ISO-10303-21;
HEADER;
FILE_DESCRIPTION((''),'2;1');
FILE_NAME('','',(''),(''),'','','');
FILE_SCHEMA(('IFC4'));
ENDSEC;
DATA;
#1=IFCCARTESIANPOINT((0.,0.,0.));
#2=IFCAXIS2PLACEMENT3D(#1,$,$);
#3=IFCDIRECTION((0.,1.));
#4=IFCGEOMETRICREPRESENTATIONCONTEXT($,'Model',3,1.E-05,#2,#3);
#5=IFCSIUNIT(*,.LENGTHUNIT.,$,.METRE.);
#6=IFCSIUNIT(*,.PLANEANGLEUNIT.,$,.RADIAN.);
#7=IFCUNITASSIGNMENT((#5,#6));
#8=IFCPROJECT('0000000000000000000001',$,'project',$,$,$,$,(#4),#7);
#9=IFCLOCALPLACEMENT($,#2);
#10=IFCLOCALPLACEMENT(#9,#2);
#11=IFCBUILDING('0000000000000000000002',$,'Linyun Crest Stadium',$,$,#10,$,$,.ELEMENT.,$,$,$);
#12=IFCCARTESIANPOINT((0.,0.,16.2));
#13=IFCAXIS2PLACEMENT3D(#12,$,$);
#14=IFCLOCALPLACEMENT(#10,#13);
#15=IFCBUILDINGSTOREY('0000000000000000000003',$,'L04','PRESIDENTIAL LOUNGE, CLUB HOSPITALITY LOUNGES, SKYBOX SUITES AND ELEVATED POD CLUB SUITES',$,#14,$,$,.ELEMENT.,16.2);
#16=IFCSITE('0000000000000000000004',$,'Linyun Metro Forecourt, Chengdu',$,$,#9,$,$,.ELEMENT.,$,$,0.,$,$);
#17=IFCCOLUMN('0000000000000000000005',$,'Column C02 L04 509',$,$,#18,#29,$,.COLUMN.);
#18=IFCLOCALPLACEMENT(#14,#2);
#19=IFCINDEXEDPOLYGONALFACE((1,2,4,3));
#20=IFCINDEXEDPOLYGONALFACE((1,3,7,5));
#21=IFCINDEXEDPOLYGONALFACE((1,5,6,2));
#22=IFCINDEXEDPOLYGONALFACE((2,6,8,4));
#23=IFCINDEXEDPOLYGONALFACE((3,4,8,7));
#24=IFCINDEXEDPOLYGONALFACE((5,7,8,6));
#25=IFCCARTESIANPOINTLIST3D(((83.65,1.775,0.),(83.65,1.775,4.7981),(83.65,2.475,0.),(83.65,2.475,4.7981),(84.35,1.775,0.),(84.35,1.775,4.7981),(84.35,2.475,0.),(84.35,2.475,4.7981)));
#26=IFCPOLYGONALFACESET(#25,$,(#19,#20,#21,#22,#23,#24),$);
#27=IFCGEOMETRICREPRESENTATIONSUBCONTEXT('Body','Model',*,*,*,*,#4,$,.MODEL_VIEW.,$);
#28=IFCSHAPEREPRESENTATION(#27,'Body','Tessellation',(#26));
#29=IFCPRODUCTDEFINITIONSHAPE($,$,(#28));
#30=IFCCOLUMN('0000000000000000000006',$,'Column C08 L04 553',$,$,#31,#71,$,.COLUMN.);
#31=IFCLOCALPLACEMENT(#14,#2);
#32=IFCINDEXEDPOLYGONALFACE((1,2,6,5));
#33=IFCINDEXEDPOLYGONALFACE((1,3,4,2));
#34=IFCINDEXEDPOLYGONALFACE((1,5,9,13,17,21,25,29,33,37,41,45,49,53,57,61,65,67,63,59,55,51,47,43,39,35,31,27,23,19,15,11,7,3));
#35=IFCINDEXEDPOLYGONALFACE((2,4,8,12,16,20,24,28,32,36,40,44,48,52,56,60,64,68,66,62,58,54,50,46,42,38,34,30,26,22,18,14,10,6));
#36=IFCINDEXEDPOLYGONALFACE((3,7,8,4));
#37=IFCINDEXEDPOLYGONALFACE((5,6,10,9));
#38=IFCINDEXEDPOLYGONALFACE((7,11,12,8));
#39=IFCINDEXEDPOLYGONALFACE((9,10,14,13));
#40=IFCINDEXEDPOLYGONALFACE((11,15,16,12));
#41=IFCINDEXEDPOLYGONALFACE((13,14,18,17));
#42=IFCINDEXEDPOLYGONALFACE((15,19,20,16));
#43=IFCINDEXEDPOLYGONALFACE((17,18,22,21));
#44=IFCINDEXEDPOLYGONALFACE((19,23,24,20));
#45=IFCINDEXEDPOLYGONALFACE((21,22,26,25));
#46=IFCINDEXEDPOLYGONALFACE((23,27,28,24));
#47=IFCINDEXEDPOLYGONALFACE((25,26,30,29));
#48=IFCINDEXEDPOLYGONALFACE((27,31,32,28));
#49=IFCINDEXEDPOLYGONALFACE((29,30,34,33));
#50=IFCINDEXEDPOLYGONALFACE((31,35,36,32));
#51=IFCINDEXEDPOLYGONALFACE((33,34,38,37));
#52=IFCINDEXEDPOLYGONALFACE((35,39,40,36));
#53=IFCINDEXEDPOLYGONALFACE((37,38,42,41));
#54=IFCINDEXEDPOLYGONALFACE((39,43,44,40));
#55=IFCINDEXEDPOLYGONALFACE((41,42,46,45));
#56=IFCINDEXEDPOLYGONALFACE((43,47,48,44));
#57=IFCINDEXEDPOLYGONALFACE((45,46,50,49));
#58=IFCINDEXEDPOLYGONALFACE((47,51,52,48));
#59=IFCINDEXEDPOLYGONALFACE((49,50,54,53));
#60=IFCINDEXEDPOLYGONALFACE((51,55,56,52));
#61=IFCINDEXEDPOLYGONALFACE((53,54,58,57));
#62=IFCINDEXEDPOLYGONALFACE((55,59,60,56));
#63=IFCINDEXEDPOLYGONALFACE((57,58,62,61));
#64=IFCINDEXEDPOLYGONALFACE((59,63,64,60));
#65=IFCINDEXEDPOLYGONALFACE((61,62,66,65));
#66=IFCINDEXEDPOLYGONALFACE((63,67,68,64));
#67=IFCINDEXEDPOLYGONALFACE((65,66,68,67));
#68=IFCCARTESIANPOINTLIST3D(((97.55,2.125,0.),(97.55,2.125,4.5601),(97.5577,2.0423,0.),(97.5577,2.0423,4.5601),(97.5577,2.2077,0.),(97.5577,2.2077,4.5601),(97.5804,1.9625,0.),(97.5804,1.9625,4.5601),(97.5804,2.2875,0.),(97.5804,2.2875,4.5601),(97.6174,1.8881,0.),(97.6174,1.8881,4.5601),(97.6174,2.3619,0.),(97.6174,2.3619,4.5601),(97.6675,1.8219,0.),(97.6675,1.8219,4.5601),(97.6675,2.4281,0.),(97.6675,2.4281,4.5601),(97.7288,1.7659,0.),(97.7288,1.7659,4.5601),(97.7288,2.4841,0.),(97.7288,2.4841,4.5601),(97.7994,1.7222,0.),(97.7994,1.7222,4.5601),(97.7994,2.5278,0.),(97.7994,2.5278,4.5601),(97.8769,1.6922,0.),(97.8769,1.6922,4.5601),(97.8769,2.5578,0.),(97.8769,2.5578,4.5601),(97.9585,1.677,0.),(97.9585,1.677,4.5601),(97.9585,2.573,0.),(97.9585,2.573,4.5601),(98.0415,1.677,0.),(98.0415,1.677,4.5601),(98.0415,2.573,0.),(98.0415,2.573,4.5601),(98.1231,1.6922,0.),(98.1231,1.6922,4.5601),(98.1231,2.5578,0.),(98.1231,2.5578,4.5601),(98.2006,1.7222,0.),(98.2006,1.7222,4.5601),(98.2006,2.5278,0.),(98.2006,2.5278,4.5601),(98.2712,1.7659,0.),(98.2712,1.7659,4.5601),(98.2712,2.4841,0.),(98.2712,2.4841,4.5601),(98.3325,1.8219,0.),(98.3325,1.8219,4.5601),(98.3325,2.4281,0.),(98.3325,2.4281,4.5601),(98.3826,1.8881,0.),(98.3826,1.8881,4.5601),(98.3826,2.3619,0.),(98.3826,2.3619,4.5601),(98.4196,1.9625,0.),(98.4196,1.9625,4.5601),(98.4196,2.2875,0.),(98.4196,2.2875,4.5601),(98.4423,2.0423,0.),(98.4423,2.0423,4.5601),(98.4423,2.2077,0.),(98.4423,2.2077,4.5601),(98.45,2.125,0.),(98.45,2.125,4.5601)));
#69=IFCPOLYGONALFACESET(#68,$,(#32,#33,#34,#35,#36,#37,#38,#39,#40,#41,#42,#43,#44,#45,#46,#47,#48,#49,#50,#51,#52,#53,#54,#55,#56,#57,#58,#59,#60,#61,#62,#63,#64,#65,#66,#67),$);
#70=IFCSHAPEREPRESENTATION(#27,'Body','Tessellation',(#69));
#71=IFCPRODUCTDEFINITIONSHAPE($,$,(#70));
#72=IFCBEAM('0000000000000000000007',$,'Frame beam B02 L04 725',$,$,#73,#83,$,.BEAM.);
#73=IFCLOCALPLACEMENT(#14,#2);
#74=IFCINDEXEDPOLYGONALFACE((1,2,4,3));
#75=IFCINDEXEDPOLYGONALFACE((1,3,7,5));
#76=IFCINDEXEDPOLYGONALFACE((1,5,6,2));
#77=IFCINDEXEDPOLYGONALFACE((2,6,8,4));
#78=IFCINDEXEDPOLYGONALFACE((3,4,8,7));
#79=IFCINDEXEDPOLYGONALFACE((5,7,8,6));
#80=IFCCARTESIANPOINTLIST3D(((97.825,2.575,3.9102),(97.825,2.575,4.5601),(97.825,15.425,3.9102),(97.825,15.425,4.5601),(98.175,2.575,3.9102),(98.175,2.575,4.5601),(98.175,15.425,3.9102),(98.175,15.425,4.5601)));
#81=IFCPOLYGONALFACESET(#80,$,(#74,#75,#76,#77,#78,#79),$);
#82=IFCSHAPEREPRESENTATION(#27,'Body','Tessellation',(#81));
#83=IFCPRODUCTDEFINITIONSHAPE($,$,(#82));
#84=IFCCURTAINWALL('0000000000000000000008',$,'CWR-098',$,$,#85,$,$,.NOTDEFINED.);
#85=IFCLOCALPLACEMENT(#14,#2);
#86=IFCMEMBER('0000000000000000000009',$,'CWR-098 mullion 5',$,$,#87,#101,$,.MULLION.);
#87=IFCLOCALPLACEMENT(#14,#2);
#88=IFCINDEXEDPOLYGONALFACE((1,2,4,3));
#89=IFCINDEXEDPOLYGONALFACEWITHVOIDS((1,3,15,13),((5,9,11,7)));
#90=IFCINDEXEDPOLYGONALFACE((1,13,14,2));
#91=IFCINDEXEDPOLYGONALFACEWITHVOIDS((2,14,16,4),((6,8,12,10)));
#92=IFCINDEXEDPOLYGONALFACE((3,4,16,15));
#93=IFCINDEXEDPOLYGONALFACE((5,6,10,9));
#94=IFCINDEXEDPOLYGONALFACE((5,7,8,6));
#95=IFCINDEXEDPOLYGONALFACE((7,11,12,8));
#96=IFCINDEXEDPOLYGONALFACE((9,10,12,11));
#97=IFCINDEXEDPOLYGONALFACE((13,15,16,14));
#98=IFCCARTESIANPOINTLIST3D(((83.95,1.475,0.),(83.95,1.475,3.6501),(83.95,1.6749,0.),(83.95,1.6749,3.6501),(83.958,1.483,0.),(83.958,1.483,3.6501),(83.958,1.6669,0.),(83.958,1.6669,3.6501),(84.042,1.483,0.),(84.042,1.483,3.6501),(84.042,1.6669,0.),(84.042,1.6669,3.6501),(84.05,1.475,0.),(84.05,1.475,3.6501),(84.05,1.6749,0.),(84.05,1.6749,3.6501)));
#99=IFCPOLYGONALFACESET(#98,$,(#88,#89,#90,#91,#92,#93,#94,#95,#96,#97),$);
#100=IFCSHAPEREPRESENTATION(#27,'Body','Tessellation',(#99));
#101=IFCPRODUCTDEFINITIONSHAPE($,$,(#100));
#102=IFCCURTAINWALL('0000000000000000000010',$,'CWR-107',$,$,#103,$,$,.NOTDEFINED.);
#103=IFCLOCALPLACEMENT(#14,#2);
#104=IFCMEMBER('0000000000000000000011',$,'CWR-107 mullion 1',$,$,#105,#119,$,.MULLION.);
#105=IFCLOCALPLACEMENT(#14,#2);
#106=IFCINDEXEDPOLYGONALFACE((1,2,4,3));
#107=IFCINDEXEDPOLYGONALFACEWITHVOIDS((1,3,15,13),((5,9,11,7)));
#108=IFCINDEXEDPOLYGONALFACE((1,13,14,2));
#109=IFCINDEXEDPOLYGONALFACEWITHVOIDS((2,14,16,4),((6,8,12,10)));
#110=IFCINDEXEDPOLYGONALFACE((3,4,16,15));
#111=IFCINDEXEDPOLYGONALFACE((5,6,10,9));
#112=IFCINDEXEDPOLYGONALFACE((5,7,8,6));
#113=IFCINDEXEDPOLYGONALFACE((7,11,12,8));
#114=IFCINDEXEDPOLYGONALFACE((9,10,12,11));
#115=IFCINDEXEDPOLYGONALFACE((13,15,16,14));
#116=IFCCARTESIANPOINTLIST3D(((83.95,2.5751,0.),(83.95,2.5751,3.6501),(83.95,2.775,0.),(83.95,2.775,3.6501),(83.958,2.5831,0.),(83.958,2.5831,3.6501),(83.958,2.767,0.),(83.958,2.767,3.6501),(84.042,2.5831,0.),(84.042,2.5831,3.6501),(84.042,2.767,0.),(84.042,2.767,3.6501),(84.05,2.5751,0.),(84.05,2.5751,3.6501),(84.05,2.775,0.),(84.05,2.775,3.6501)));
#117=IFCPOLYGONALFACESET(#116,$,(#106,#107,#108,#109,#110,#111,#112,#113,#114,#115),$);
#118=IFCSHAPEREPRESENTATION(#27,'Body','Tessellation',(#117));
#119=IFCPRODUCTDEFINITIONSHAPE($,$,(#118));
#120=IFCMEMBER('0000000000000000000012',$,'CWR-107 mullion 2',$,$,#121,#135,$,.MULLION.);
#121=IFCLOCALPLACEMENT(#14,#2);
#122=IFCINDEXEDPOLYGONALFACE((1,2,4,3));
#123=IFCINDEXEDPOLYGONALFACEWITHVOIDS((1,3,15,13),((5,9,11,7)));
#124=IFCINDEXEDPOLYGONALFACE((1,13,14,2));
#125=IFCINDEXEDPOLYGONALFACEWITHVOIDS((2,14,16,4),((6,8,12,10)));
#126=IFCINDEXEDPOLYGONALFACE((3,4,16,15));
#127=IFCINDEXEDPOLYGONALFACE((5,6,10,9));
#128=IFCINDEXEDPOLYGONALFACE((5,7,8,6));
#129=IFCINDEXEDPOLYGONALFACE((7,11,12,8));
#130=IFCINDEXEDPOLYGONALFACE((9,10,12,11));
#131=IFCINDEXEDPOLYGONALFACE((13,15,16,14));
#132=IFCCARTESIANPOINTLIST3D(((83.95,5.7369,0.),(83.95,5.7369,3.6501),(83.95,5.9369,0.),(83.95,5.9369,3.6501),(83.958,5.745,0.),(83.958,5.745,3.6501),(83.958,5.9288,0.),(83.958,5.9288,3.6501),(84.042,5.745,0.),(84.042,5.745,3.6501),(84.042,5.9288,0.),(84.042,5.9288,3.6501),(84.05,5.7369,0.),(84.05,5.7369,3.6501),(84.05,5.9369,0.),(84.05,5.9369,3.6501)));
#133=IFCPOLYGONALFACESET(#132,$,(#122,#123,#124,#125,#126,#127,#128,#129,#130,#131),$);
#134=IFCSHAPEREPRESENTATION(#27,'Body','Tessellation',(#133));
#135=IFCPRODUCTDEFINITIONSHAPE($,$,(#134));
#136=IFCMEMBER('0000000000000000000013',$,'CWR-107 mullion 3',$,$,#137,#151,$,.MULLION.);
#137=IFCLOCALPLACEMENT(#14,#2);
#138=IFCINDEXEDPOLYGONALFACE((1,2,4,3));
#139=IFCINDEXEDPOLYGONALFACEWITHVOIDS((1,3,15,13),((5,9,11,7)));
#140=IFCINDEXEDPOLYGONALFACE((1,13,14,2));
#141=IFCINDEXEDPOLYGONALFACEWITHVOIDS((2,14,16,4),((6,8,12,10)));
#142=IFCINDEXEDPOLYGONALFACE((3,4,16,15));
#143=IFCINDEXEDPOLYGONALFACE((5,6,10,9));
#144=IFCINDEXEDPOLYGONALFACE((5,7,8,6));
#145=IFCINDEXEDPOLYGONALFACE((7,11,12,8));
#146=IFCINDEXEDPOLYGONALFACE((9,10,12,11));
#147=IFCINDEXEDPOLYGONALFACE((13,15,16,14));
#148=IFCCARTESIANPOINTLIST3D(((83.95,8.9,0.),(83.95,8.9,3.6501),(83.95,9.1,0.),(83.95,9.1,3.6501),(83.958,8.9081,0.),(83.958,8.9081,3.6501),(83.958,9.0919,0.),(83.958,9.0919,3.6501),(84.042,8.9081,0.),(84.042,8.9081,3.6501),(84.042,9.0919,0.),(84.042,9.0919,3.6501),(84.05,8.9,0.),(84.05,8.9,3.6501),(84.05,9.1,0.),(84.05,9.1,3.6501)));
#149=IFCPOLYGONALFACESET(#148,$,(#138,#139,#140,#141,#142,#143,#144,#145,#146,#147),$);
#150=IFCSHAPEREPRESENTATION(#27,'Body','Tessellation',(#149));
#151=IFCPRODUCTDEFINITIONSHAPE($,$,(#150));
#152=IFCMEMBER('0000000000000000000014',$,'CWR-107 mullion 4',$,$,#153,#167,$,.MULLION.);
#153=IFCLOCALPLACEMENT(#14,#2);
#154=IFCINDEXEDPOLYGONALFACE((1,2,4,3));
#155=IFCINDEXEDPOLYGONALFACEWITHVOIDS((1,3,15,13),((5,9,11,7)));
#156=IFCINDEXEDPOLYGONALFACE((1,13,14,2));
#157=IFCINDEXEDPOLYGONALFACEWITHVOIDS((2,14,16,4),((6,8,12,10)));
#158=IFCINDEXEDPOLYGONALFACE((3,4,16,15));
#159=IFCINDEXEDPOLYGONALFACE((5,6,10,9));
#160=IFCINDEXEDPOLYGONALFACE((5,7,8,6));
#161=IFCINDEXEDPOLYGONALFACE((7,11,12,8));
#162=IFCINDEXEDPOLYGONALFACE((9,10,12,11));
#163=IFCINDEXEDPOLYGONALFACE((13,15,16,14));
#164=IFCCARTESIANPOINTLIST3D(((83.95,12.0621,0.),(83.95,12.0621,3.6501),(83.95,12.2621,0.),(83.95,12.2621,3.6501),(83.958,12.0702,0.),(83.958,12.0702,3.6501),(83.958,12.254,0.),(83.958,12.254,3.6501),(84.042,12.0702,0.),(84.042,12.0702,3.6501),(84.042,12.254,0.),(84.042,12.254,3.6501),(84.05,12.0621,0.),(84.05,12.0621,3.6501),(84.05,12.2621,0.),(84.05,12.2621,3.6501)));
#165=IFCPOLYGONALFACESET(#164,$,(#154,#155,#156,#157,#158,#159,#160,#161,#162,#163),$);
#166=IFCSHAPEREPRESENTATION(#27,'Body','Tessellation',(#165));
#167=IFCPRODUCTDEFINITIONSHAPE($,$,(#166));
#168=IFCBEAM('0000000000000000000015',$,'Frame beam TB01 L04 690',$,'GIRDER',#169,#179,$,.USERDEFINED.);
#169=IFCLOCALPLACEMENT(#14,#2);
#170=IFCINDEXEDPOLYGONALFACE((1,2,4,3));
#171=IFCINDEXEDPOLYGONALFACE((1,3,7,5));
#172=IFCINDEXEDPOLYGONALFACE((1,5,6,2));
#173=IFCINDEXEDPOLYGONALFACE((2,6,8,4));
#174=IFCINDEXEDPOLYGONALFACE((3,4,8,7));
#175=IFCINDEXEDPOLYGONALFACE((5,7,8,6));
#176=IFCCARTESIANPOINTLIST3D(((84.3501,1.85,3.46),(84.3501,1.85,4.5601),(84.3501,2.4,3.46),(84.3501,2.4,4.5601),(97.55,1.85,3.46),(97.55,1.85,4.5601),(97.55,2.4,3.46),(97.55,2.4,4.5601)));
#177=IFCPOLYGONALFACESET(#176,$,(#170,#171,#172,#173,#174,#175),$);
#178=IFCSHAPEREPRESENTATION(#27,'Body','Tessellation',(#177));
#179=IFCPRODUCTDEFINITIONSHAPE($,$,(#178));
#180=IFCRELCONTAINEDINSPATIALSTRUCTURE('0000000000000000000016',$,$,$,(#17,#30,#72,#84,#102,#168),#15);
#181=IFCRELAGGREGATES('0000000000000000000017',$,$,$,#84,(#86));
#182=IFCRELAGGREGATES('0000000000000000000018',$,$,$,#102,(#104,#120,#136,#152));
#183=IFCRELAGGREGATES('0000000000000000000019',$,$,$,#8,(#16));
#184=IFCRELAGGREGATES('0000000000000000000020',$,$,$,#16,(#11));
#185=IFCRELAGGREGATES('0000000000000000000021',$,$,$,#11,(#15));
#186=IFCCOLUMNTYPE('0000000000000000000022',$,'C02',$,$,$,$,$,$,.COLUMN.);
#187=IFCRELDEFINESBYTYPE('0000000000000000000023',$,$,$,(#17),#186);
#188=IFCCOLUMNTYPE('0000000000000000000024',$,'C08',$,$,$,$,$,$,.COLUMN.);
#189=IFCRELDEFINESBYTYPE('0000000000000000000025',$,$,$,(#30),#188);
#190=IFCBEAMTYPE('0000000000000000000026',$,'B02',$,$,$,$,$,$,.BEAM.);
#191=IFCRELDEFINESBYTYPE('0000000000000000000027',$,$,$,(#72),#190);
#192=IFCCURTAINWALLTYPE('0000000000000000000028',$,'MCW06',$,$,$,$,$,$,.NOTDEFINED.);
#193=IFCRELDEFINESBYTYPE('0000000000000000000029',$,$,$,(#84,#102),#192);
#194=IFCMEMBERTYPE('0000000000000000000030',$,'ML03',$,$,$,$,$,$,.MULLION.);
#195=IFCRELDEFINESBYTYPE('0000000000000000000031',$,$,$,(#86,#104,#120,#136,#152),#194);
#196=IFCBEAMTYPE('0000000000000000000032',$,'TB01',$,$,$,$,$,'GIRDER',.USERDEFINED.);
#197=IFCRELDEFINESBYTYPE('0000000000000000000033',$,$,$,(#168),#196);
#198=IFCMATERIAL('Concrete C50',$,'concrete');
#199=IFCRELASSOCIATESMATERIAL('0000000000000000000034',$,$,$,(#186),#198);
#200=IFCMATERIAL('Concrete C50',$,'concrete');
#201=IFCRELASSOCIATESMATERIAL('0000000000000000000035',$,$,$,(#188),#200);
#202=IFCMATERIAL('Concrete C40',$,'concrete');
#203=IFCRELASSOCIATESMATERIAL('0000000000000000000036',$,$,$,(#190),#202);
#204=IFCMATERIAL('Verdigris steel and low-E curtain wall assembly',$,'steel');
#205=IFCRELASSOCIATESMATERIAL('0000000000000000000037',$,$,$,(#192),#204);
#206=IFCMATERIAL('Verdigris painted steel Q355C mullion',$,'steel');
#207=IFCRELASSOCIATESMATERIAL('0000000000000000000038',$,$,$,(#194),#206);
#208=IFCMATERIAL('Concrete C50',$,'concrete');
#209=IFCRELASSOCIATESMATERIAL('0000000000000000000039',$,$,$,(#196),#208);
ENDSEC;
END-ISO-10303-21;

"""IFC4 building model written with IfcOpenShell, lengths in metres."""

from ifc_helpers import new_model, si_unit, direction, frame, origin, origin_2d, place, context, subcontext, project, spatial, rectangle, hollow_rectangle, circle, extrude, material, material_profile, profile_set, type_object, element, aggregate, save


model = new_model("IFC4")

# Units and contexts
model_context = context("Model", 3, precision=1e-05, world=origin(), true_north=direction((0.0, 1.0)))
body_context = subcontext(model_context, "Body", "Model", "MODEL_VIEW")
ifc_project = project(units=[si_unit("LENGTHUNIT", "METRE"), si_unit("PLANEANGLEUNIT", "RADIAN")], contexts=[model_context])

# Site, building, storey
site_placement = place(None, origin())
site = spatial("IfcSite", under=ifc_project, at=site_placement, Name="Linyun Metro Forecourt, Chengdu", CompositionType="ELEMENT", RefElevation=0.0)
building_placement = place(site_placement, origin())
building = spatial("IfcBuilding", under=site, at=building_placement, Name="Linyun Crest Stadium", CompositionType="ELEMENT")
storey_placement = place(building_placement, frame((0.0, 0.0, 16.2)))
storey = spatial("IfcBuildingStorey", under=building, at=storey_placement, Name="L04", Description="PRESIDENTIAL LOUNGE, CLUB HOSPITALITY LOUNGES, SKYBOX SUITES AND ELEVATED POD CLUB SUITES", CompositionType="ELEMENT", Elevation=16.2)

# Columns
ifc_material_1 = material(Name="Concrete C50", Category="concrete")
ifc_material_profile_1 = material_profile(ifc_material_1, rectangle(XDim=0.7, YDim=0.7, at=origin_2d()), Name="RC 700x700")
ifc_profile_set_1 = profile_set([ifc_material_profile_1], Name="Concrete C50")
column_type_1 = type_object("IfcColumnType", Name="C02", PredefinedType="COLUMN", material=ifc_profile_set_1)
column_1_placement = place(storey_placement, frame((84.0, 2.125, 0.0), z_axis=(0.0, 0.0, 1.0), x_axis=(1.0, 0.0, 0.0)))
element("IfcColumn", 1, at=column_1_placement, inside=storey, type_object=column_type_1, Name="Column C02 L04 509", PredefinedType="COLUMN", context=body_context, shape_type="SweptSolid", body=[
    extrude(rectangle(XDim=0.7, YDim=0.7, at=origin_2d()), origin(), (0.0, 0.0, 1.0), 4.7981),
])
ifc_material_2 = material(Name="Concrete C50", Category="concrete")
ifc_material_profile_2 = material_profile(ifc_material_2, circle(Radius=0.45, at=origin_2d()), Name="RC D900")
ifc_profile_set_2 = profile_set([ifc_material_profile_2], Name="Concrete C50")
column_type_2 = type_object("IfcColumnType", Name="C08", PredefinedType="COLUMN", material=ifc_profile_set_2)
column_2_placement = place(storey_placement, frame((98.0, 2.125, 0.0), z_axis=(0.0, 0.0, 1.0), x_axis=(1.0, 0.0, 0.0)))
element("IfcColumn", 2, at=column_2_placement, inside=storey, type_object=column_type_2, Name="Column C08 L04 553", PredefinedType="COLUMN", context=body_context, shape_type="SweptSolid", body=[
    extrude(circle(Radius=0.45, at=origin_2d()), origin(), (0.0, 0.0, 1.0), 4.5601),
])

# Beam
ifc_material_3 = material(Name="Concrete C40", Category="concrete")
ifc_material_profile_3 = material_profile(ifc_material_3, rectangle(XDim=0.3501, YDim=0.6499, at=origin_2d()), Name="RCB 650x350")
ifc_profile_set_3 = profile_set([ifc_material_profile_3], Name="Concrete C40")
beam_type_1 = type_object("IfcBeamType", Name="B02", PredefinedType="BEAM", material=ifc_profile_set_3)
beam_1_placement = place(storey_placement, frame((98.0, 2.575, 4.2351), z_axis=(0.0, 1.0, 0.0), x_axis=(-1.0, 0.0, 0.0)))
element("IfcBeam", 3, at=beam_1_placement, inside=storey, type_object=beam_type_1, Name="Frame beam B02 L04 725", PredefinedType="BEAM", context=body_context, shape_type="SweptSolid", body=[
    extrude(rectangle(XDim=0.3501, YDim=0.6499, at=origin_2d()), origin(), (0.0, 0.0, 1.0), 12.8501),
])

# Curtain wall, member
ifc_material_4 = material(Name="Verdigris steel and low-E curtain wall assembly", Category="steel")
curtain_wall_type = type_object("IfcCurtainWallType", Name="MCW06", PredefinedType="NOTDEFINED", material=ifc_material_4)
curtain_wall_1_placement = place(storey_placement, origin())
curtain_wall_1 = element("IfcCurtainWall", 4, at=curtain_wall_1_placement, inside=storey, type_object=curtain_wall_type, Name="CWR-098", PredefinedType="NOTDEFINED")
ifc_material_5 = material(Name="Verdigris painted steel Q355C mullion", Category="steel")
ifc_material_profile_4 = material_profile(ifc_material_5, hollow_rectangle(XDim=0.1001, YDim=0.2, WallThickness=0.0081, at=origin_2d()), Name="RHS 200x100x8")
ifc_profile_set_4 = profile_set([ifc_material_profile_4], Name="Verdigris painted steel Q355C mullion")
member_type_1 = type_object("IfcMemberType", Name="ML03", PredefinedType="MULLION", material=ifc_profile_set_4)
member_1_placement = place(storey_placement, frame((84.0, 1.575, 0.0), z_axis=(0.0, 0.0, 1.0), x_axis=(-1.0, 0.0, 0.0)))
member_1 = element("IfcMember", 5, at=member_1_placement, type_object=member_type_1, Name="CWR-098 mullion 5", PredefinedType="MULLION", context=body_context, shape_type="SweptSolid", body=[
    extrude(hollow_rectangle(XDim=0.1001, YDim=0.2, WallThickness=0.0081, at=origin_2d()), origin(), (0.0, 0.0, 1.0), 3.6501),
])

# Curtain wall, members
curtain_wall_2_placement = place(storey_placement, origin())
curtain_wall_2 = element("IfcCurtainWall", 6, at=curtain_wall_2_placement, inside=storey, type_object=curtain_wall_type, Name="CWR-107", PredefinedType="NOTDEFINED")
member_2_placement = place(storey_placement, frame((84.0, 2.675, 0.0), z_axis=(0.0, 0.0, 1.0), x_axis=(-1.0, 0.0, 0.0)))
member_2 = element("IfcMember", 7, at=member_2_placement, type_object=member_type_1, Name="CWR-107 mullion 1", PredefinedType="MULLION", context=body_context, shape_type="SweptSolid", body=[
    extrude(hollow_rectangle(XDim=0.1001, YDim=0.2, WallThickness=0.0081, at=origin_2d()), origin(), (0.0, 0.0, 1.0), 3.6501),
])
member_3_placement = place(storey_placement, frame((84.0, 5.8369, 0.0), z_axis=(0.0, 0.0, 1.0), x_axis=(-1.0, 0.0, 0.0)))
member_3 = element("IfcMember", 8, at=member_3_placement, type_object=member_type_1, Name="CWR-107 mullion 2", PredefinedType="MULLION", context=body_context, shape_type="SweptSolid", body=[
    extrude(hollow_rectangle(XDim=0.1001, YDim=0.2, WallThickness=0.0081, at=origin_2d()), origin(), (0.0, 0.0, 1.0), 3.6501),
])
member_4_placement = place(storey_placement, frame((84.0, 9.0, 0.0), z_axis=(0.0, 0.0, 1.0), x_axis=(-1.0, 0.0, 0.0)))
member_4 = element("IfcMember", 9, at=member_4_placement, type_object=member_type_1, Name="CWR-107 mullion 3", PredefinedType="MULLION", context=body_context, shape_type="SweptSolid", body=[
    extrude(hollow_rectangle(XDim=0.1001, YDim=0.2, WallThickness=0.0081, at=origin_2d()), origin(), (0.0, 0.0, 1.0), 3.6501),
])
member_5_placement = place(storey_placement, frame((84.0, 12.1621, 0.0), z_axis=(0.0, 0.0, 1.0), x_axis=(-1.0, 0.0, 0.0)))
member_5 = element("IfcMember", 10, at=member_5_placement, type_object=member_type_1, Name="CWR-107 mullion 4", PredefinedType="MULLION", context=body_context, shape_type="SweptSolid", body=[
    extrude(hollow_rectangle(XDim=0.1001, YDim=0.2, WallThickness=0.0081, at=origin_2d()), origin(), (0.0, 0.0, 1.0), 3.6501),
])

# Beam
ifc_material_6 = material(Name="Concrete C50", Category="concrete")
ifc_material_profile_5 = material_profile(ifc_material_6, rectangle(XDim=0.55, YDim=1.1001, at=origin_2d()), Name="RCB 1100x550")
ifc_profile_set_5 = profile_set([ifc_material_profile_5], Name="Concrete C50")
beam_type_2 = type_object("IfcBeamType", Name="TB01", ElementType="GIRDER", PredefinedType="USERDEFINED", material=ifc_profile_set_5)
beam_2_placement = place(storey_placement, frame((84.3501, 2.125, 4.01), z_axis=(1.0, 0.0, 0.0), x_axis=(0.0, 1.0, 0.0)))
element("IfcBeam", 11, at=beam_2_placement, inside=storey, type_object=beam_type_2, Name="Frame beam TB01 L04 690", ObjectType="GIRDER", PredefinedType="USERDEFINED", context=body_context, shape_type="SweptSolid", body=[
    extrude(rectangle(XDim=0.55, YDim=1.1001, at=origin_2d()), origin(), (0.0, 0.0, 1.0), 13.2),
])

aggregate(curtain_wall_1, [member_1])
aggregate(curtain_wall_2, [member_2, member_3, member_4, member_5])

save(model, "model.ifc")
